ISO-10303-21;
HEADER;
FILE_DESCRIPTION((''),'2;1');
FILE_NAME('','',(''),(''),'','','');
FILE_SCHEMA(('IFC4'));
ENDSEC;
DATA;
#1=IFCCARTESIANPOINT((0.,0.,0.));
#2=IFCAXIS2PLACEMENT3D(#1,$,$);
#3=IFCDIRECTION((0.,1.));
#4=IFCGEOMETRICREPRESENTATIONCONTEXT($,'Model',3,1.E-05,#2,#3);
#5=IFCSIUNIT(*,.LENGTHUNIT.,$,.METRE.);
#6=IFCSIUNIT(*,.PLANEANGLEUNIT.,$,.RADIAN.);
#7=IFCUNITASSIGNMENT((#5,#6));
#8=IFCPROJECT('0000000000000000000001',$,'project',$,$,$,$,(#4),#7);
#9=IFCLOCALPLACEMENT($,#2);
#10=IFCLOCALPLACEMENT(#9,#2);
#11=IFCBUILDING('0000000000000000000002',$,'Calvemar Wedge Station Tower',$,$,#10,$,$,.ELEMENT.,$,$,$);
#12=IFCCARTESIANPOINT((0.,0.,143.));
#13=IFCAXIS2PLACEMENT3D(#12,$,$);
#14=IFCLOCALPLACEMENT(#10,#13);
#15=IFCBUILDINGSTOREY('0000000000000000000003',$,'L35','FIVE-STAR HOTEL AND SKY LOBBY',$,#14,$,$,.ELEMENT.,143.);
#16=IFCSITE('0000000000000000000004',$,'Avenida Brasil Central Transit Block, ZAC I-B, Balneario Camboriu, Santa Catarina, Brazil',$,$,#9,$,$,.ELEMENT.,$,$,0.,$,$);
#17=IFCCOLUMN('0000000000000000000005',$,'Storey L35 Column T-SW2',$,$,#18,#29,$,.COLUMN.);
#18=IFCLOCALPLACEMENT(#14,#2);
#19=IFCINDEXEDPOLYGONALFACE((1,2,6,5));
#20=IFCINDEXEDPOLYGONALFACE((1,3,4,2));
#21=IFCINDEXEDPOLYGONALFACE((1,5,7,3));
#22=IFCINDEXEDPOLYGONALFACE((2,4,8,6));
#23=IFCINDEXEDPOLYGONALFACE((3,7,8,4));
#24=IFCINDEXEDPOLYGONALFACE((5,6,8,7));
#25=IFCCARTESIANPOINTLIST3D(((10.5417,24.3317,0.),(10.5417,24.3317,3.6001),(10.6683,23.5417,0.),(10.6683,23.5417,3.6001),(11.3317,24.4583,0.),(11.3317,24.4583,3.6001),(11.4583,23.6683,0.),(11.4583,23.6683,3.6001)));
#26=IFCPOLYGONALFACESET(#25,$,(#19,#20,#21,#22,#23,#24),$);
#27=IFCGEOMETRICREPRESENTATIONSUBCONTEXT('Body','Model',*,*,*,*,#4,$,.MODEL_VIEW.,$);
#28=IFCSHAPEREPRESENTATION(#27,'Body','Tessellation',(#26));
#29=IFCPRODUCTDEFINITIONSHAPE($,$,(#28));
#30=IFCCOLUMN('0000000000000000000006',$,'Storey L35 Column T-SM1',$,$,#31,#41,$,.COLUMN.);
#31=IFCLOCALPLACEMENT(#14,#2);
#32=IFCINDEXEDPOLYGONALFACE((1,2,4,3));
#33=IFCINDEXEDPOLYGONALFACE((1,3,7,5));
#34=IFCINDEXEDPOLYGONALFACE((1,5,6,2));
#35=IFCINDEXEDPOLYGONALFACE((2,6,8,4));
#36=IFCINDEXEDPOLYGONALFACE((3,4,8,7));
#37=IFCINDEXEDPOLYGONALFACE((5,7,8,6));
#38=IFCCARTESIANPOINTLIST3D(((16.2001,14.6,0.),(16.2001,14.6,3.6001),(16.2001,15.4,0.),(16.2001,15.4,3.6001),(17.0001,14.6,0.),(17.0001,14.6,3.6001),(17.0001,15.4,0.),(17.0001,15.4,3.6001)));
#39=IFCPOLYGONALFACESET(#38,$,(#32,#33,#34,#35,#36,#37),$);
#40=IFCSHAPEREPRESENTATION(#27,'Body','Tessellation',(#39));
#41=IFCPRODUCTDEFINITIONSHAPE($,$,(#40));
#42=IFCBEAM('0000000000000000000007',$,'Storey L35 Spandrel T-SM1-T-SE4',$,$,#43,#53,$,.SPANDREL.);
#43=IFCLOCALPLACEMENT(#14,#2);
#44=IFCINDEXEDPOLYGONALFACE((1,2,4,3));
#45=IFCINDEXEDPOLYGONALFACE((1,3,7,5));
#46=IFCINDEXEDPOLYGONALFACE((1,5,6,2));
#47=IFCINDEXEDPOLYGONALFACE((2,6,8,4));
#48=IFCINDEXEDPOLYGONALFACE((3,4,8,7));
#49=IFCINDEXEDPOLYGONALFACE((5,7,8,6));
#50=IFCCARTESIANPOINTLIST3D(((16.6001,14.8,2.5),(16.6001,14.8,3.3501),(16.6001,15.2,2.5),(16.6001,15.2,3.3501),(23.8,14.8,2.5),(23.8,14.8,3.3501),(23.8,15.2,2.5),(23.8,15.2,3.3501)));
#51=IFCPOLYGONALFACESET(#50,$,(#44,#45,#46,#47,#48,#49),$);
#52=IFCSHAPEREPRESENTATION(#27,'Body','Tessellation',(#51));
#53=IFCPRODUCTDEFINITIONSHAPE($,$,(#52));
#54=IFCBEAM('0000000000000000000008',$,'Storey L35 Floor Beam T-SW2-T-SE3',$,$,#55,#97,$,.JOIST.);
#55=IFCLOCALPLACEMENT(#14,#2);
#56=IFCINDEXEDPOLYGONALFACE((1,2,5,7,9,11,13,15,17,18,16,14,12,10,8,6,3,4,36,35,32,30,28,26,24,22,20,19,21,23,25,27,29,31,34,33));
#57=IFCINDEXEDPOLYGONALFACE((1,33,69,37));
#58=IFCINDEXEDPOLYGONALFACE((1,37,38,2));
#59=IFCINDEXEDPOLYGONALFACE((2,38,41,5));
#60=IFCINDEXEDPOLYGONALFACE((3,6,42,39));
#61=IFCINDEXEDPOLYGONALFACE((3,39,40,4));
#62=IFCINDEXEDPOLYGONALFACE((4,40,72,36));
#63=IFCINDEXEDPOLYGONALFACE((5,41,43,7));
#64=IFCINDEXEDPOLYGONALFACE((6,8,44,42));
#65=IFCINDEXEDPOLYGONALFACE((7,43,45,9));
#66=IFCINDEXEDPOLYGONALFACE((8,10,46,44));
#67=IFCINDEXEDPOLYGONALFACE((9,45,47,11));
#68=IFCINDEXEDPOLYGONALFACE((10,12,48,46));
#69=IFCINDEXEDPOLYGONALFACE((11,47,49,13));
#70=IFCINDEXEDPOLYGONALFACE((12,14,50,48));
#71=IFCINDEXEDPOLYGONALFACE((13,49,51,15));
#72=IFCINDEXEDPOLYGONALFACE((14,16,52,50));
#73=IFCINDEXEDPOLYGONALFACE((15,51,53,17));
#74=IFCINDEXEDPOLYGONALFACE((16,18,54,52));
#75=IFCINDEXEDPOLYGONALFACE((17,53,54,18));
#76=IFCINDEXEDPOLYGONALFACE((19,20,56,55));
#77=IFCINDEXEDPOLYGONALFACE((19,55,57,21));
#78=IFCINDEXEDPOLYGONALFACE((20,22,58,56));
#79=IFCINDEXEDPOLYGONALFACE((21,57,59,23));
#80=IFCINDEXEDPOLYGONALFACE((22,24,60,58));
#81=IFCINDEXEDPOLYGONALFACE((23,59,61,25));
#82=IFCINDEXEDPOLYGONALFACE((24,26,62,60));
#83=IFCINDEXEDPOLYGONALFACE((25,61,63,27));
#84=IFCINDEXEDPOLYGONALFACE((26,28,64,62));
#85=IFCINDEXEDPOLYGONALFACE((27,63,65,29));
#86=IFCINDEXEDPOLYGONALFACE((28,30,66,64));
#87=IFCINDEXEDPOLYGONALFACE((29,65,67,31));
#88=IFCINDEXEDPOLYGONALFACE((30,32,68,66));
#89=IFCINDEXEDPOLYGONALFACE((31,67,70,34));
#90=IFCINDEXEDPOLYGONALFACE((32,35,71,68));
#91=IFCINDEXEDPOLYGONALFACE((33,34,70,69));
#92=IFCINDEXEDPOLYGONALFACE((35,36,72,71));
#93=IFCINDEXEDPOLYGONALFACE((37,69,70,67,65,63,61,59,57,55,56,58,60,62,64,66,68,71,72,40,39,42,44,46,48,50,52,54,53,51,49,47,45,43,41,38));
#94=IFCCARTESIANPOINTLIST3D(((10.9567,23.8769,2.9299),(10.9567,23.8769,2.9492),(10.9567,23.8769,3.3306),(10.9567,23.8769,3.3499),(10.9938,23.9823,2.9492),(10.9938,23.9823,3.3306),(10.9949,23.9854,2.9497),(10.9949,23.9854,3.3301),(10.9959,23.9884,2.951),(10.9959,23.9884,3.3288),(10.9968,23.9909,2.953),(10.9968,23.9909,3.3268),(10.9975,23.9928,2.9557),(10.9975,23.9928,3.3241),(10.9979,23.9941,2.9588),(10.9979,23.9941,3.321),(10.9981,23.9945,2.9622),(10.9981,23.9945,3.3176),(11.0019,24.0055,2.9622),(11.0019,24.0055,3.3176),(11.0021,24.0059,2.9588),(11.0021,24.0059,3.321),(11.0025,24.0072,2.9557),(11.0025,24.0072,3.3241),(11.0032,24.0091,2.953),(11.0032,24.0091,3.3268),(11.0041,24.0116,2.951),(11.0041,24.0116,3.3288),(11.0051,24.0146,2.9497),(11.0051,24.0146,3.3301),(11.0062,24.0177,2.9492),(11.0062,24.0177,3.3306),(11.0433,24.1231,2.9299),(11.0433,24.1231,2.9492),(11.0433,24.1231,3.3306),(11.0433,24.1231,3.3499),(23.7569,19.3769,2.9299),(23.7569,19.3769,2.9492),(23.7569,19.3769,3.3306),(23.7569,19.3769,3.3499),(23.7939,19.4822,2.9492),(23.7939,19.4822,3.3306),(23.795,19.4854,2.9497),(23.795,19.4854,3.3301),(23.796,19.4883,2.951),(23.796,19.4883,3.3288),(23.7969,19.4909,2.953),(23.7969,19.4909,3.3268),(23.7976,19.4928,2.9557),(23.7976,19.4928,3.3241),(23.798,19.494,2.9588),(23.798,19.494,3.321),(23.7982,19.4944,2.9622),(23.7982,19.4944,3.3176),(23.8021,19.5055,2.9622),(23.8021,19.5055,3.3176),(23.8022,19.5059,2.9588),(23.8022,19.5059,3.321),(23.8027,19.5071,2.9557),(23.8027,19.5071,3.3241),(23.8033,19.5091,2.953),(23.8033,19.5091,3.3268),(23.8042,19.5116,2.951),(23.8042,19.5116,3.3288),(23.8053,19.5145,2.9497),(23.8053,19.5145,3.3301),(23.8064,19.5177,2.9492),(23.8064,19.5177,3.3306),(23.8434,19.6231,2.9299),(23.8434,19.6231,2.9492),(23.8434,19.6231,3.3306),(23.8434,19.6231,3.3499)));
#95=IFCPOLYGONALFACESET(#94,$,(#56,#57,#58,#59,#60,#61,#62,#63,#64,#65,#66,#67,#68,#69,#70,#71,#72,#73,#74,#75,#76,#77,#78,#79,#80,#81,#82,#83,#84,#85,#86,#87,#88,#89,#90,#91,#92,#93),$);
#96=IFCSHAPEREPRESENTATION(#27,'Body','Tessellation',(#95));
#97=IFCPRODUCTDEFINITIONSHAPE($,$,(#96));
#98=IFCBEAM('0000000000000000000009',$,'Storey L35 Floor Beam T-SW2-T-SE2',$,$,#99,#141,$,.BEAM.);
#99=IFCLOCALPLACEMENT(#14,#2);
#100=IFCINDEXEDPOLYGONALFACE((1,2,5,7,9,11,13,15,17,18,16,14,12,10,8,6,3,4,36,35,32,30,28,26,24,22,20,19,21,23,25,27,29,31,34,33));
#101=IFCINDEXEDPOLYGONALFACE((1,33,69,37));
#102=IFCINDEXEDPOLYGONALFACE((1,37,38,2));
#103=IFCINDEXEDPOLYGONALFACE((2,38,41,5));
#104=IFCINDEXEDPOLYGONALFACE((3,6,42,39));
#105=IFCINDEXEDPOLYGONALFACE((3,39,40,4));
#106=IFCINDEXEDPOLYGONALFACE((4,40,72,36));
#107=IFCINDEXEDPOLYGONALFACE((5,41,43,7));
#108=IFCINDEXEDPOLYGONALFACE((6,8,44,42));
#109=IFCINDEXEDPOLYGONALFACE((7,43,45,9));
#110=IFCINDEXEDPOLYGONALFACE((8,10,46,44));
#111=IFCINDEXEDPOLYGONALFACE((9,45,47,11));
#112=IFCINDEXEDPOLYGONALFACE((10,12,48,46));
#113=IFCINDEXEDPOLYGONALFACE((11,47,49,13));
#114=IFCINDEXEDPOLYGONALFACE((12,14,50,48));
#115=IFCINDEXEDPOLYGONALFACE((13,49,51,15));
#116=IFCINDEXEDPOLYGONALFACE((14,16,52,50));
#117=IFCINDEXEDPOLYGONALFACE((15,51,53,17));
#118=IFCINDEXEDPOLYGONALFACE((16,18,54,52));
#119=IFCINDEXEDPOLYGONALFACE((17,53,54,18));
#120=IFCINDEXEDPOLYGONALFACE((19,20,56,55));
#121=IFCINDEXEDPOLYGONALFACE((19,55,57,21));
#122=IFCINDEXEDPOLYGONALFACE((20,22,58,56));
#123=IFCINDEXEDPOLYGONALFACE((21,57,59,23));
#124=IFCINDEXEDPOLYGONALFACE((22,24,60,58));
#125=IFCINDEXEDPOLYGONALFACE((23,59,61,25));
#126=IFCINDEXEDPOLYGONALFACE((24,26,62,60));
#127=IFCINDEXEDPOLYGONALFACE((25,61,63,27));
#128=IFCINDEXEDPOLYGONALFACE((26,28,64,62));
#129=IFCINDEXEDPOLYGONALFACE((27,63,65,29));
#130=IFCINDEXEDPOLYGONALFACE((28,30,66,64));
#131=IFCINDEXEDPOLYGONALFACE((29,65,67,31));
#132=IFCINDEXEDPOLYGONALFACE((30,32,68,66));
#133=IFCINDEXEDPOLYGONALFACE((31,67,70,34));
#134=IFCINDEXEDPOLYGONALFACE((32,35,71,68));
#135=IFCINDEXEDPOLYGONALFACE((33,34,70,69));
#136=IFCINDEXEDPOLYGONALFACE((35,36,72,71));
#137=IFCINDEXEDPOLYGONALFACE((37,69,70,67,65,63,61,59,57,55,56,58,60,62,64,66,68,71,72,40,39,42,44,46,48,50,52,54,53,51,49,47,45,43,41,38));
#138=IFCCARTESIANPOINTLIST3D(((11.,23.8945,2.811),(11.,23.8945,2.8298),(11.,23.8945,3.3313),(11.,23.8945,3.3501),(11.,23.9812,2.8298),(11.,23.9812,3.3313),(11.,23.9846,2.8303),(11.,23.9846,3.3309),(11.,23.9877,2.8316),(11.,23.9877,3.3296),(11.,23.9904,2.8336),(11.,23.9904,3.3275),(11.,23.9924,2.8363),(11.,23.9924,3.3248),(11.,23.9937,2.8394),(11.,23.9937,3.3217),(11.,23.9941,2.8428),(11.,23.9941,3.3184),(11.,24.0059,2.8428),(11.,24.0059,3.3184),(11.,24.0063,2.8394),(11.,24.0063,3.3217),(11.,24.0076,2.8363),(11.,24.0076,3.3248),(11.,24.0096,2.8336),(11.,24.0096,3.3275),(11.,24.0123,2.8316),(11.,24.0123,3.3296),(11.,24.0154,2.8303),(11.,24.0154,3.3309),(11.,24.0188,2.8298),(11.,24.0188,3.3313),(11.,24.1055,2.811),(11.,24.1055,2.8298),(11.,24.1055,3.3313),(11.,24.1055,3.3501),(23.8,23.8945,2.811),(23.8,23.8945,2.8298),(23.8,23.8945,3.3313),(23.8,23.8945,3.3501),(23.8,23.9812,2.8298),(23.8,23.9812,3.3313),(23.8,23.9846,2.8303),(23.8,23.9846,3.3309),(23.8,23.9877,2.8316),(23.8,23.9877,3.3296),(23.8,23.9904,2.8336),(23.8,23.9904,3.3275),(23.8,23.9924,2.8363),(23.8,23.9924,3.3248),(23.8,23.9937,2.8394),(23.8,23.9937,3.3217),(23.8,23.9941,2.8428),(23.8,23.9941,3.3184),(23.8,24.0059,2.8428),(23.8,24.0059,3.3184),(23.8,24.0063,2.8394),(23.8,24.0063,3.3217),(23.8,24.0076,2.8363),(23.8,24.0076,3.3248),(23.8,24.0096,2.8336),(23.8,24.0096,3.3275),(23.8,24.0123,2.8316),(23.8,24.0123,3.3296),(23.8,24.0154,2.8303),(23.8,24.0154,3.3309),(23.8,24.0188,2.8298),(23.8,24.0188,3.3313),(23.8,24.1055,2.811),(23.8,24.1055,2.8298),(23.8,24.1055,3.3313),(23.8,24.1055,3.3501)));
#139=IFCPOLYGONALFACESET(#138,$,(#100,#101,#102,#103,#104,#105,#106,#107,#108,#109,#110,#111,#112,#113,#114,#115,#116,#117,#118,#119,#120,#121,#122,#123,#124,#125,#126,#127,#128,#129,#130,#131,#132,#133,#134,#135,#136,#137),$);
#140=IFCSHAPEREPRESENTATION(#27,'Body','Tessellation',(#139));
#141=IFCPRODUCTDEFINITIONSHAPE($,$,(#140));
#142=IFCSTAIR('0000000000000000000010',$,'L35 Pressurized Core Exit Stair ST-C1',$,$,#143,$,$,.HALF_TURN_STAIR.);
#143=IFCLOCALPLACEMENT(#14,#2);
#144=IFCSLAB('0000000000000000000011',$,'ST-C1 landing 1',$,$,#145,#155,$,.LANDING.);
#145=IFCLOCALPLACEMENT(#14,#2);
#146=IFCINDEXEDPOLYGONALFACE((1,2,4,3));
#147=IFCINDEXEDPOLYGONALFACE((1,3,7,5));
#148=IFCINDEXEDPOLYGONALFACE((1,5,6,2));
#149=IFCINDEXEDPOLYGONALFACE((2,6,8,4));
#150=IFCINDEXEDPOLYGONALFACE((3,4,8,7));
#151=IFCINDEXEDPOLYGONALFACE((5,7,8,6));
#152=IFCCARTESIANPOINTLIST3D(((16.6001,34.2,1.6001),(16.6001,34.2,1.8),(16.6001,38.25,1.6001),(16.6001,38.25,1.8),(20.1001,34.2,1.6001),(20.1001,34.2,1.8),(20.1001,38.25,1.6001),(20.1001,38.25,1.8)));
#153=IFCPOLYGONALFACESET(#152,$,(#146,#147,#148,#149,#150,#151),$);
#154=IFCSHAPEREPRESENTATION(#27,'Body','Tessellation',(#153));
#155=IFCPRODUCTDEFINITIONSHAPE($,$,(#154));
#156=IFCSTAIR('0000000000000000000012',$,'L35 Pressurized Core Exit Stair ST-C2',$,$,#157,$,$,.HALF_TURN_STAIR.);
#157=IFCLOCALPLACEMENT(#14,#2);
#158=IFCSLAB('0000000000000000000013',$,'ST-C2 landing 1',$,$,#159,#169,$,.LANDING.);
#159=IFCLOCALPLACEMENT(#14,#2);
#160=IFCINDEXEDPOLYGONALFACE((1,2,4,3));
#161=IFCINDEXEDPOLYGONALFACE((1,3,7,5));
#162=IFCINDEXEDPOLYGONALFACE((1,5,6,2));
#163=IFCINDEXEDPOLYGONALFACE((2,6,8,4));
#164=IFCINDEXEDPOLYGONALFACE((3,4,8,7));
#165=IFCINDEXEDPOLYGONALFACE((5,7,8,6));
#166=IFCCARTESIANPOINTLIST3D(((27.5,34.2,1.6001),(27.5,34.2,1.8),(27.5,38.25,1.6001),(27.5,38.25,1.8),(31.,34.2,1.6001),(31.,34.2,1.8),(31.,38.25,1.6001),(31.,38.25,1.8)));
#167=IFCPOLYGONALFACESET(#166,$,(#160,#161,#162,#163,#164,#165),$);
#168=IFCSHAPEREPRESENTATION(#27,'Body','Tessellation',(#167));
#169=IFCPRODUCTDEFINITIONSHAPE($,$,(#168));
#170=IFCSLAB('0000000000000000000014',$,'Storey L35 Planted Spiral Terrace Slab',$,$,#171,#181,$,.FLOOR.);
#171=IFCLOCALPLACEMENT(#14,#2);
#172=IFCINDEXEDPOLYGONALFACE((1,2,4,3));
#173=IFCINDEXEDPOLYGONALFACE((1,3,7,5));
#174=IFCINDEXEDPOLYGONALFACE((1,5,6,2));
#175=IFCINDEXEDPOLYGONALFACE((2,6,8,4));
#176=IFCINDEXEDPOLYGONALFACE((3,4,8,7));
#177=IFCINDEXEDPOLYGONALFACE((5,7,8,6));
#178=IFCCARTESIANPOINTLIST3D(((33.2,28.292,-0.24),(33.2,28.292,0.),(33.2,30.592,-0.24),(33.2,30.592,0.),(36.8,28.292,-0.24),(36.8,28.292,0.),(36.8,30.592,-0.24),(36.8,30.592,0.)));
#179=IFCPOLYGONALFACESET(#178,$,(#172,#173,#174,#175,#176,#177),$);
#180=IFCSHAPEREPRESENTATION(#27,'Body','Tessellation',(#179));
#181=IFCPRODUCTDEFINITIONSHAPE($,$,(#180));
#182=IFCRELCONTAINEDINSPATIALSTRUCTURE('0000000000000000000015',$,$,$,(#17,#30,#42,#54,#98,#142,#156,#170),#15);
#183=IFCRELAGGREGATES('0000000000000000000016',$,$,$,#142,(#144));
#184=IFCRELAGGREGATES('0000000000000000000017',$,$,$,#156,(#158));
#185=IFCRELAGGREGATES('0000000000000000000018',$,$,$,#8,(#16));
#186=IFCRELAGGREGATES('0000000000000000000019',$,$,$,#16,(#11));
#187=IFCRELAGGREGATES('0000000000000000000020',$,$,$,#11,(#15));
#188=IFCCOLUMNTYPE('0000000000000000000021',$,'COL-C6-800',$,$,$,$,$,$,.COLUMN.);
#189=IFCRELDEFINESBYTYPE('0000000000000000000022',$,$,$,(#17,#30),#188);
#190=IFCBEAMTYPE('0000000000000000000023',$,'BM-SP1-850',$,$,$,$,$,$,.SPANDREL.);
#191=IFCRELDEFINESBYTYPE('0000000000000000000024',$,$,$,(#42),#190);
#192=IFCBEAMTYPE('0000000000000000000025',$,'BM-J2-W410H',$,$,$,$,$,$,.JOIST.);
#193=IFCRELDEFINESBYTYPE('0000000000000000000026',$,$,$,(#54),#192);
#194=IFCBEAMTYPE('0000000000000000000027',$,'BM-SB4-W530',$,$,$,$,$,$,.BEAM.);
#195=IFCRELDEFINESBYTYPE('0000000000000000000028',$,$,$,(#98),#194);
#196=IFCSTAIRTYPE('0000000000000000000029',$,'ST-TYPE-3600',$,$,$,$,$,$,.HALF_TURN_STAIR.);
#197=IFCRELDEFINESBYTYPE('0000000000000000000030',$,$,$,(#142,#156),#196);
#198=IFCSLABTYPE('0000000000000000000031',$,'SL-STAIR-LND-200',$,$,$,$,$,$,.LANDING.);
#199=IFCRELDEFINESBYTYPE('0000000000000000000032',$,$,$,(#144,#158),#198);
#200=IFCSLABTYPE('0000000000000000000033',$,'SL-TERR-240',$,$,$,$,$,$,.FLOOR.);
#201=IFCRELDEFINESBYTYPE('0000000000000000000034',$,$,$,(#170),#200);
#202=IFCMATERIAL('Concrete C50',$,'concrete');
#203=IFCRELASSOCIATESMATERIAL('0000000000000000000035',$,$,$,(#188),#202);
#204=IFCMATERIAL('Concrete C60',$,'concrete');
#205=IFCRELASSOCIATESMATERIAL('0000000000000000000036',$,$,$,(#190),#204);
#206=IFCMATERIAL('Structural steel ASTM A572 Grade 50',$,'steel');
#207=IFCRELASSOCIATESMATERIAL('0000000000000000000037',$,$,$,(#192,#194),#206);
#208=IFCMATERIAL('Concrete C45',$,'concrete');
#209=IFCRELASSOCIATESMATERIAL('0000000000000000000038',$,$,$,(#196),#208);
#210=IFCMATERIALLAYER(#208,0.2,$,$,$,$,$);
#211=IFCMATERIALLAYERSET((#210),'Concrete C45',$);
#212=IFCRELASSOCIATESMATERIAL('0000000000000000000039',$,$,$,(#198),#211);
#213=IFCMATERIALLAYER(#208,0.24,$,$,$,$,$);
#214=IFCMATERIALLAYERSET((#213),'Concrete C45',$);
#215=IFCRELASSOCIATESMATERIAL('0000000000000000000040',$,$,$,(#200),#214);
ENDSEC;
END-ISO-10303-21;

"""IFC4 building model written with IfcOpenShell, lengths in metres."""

from ifc_helpers import new_model, si_unit, direction, frame, origin, origin_2d, place, context, subcontext, project, spatial, polyline, rectangle, i_section, outline, extrude, source, transform, mapped, material, layer, layer_set, material_profile, profile_set, type_object, element, aggregate, save


model = new_model("IFC4")

# Units and contexts
model_context = context("Model", 3, precision=1e-05, world=origin(), true_north=direction((0.0, 1.0)))
body_context = subcontext(model_context, "Body", "Model", "MODEL_VIEW")
ifc_project = project(units=[si_unit("LENGTHUNIT", "METRE"), si_unit("PLANEANGLEUNIT", "RADIAN")], contexts=[model_context])

# Site, building, storey
site_placement = place(None, origin())
site = spatial("IfcSite", under=ifc_project, at=site_placement, Name="Avenida Brasil Central Transit Block, ZAC I-B, Balneario Camboriu, Santa Catarina, Brazil", CompositionType="ELEMENT", RefElevation=0.0)
building_placement = place(site_placement, origin())
building = spatial("IfcBuilding", under=site, at=building_placement, Name="Calvemar Wedge Station Tower", CompositionType="ELEMENT")
storey_placement = place(building_placement, frame((0.0, 0.0, 143.0)))
storey = spatial("IfcBuildingStorey", under=building, at=storey_placement, Name="L35", Description="FIVE-STAR HOTEL AND SKY LOBBY", CompositionType="ELEMENT", Elevation=143.0)

# Columns
ifc_material_1 = material(Name="Concrete C50", Category="concrete")
ifc_material_profile_1 = material_profile(ifc_material_1, rectangle(XDim=0.8, YDim=0.8, at=origin_2d()), Name="RC800x800")
ifc_profile_set_1 = profile_set([ifc_material_profile_1], Name="Concrete C50")
column_type = type_object("IfcColumnType", Name="COL-C6-800", PredefinedType="COLUMN", material=ifc_profile_set_1)
shared_shape_1 = source(origin(), body_context, "Body", "SweptSolid", [
    extrude(rectangle(XDim=0.8, YDim=0.8, at=origin_2d()), origin(), (0.0, 0.0, 1.0), 3.6001),
])
for number, where, z_axis, x_axis, name in (
    (1, (11.0, 24.0, 0.0), (0.0, 0.0, 1.0), (0.158158, -0.987414, 0.0), "Storey L35 Column T-SW2"),
    (2, (16.6001, 15.0, 0.0), (0.0, 0.0, 1.0), (1.0, 0.0, 0.0), "Storey L35 Column T-SM1"),
):
    element("IfcColumn", number, at=place(storey_placement, frame(where, z_axis=z_axis, x_axis=x_axis)), inside=storey, type_object=column_type, Name=name, PredefinedType="COLUMN", context=body_context, shape_type="MappedRepresentation", body=[
        mapped(shared_shape_1, transform((0.0, 0.0, 0.0), scale=1.0)),
    ])

# Beams
ifc_material_2 = material(Name="Concrete C60", Category="concrete")
ifc_material_profile_2 = material_profile(ifc_material_2, rectangle(XDim=0.3999, YDim=0.8501, at=origin_2d()), Name="RC400x850")
ifc_profile_set_2 = profile_set([ifc_material_profile_2], Name="Concrete C60")
beam_type_1 = type_object("IfcBeamType", Name="BM-SP1-850", PredefinedType="SPANDREL", material=ifc_profile_set_2)
shared_shape_2 = source(origin(), body_context, "Body", "SweptSolid", [
    extrude(rectangle(XDim=0.3999, YDim=0.8501, at=origin_2d()), origin(), (0.0, 0.0, 1.0), 7.2),
])
beam_1_placement = place(storey_placement, frame((16.6001, 15.0, 2.925), z_axis=(1.0, 0.0, 0.0), x_axis=(0.0, 1.0, 0.0)))
element("IfcBeam", 3, at=beam_1_placement, inside=storey, type_object=beam_type_1, Name="Storey L35 Spandrel T-SM1-T-SE4", PredefinedType="SPANDREL", context=body_context, shape_type="MappedRepresentation", body=[
    mapped(shared_shape_2, transform((0.0, 0.0, 0.0), scale=1.0)),
])
ifc_material_3 = material(Name="Structural steel ASTM A572 Grade 50", Category="steel")
ifc_material_profile_3 = material_profile(ifc_material_3, i_section(OverallWidth=0.261, OverallDepth=0.4199, WebThickness=0.0117, FlangeThickness=0.0193, FilletRadius=0.0129, at=origin_2d()), Name="W410x114")
ifc_profile_set_3 = profile_set([ifc_material_profile_3], Name="Structural steel ASTM A572 Grade 50")
beam_type_2 = type_object("IfcBeamType", Name="BM-J2-W410H", PredefinedType="JOIST", material=ifc_profile_set_3)
shared_shape_3 = source(origin(), body_context, "Body", "SweptSolid", [
    extrude(i_section(OverallWidth=0.261, OverallDepth=0.4199, WebThickness=0.0117, FlangeThickness=0.0193, FilletRadius=0.0129, at=origin_2d()), origin(), (0.0, 0.0, 1.0), 13.5681),
])
beam_2_placement = place(storey_placement, frame((11.0, 24.0, 3.1399), z_axis=(0.943398, -0.331662, 0.0), x_axis=(0.331662, 0.943398, 0.0)))
element("IfcBeam", 4, at=beam_2_placement, inside=storey, type_object=beam_type_2, Name="Storey L35 Floor Beam T-SW2-T-SE3", PredefinedType="JOIST", context=body_context, shape_type="MappedRepresentation", body=[
    mapped(shared_shape_3, transform((0.0, 0.0, 0.0), scale=1.0)),
])
ifc_material_profile_4 = material_profile(ifc_material_3, i_section(OverallWidth=0.2109, OverallDepth=0.5391, WebThickness=0.0117, FlangeThickness=0.0188, FilletRadius=0.0129, at=origin_2d()), Name="W530x109")
ifc_profile_set_4 = profile_set([ifc_material_profile_4], Name="Structural steel ASTM A572 Grade 50")
beam_type_3 = type_object("IfcBeamType", Name="BM-SB4-W530", PredefinedType="BEAM", material=ifc_profile_set_4)
shared_shape_4 = source(origin(), body_context, "Body", "SweptSolid", [
    extrude(i_section(OverallWidth=0.2109, OverallDepth=0.5391, WebThickness=0.0117, FlangeThickness=0.0188, FilletRadius=0.0129, at=origin_2d()), origin(), (0.0, 0.0, 1.0), 12.8),
])
beam_3_placement = place(storey_placement, frame((11.0, 24.0, 3.0806), z_axis=(1.0, 0.0, 0.0), x_axis=(0.0, 1.0, 0.0)))
element("IfcBeam", 5, at=beam_3_placement, inside=storey, type_object=beam_type_3, Name="Storey L35 Floor Beam T-SW2-T-SE2", PredefinedType="BEAM", context=body_context, shape_type="MappedRepresentation", body=[
    mapped(shared_shape_4, transform((0.0, 0.0, 0.0), scale=1.0)),
])

# Stairs, slabs
ifc_material_4 = material(Name="Concrete C45", Category="concrete")
stair_type = type_object("IfcStairType", Name="ST-TYPE-3600", PredefinedType="HALF_TURN_STAIR", material=ifc_material_4)
stair_1_placement = place(storey_placement, origin())
stair_1 = element("IfcStair", 6, at=stair_1_placement, inside=storey, type_object=stair_type, Name="L35 Pressurized Core Exit Stair ST-C1", PredefinedType="HALF_TURN_STAIR")
ifc_layer_1 = layer(ifc_material_4, 0.2)
ifc_layer_set_1 = layer_set([ifc_layer_1], Name="Concrete C45")
slab_type_1 = type_object("IfcSlabType", Name="SL-STAIR-LND-200", PredefinedType="LANDING", material=ifc_layer_set_1)
slab_1_placement = place(storey_placement, frame((0.0, 0.0, 1.6001)))
slab_1 = element("IfcSlab", 7, at=slab_1_placement, type_object=slab_type_1, Name="ST-C1 landing 1", PredefinedType="LANDING", context=body_context, shape_type="SweptSolid", body=[
    extrude(outline(polyline([(16.6001, 38.25), (16.6001, 34.2), (20.1001, 34.2), (20.1001, 38.25), (16.6001, 38.25)])), origin(), (0.0, 0.0, 1.0), 0.2),
])
aggregate(stair_1, [slab_1])
stair_2_placement = place(storey_placement, origin())
stair_2 = element("IfcStair", 8, at=stair_2_placement, inside=storey, type_object=stair_type, Name="L35 Pressurized Core Exit Stair ST-C2", PredefinedType="HALF_TURN_STAIR")
slab_2_placement = place(storey_placement, frame((0.0, 0.0, 1.6001)))
slab_2 = element("IfcSlab", 9, at=slab_2_placement, type_object=slab_type_1, Name="ST-C2 landing 1", PredefinedType="LANDING", context=body_context, shape_type="SweptSolid", body=[
    extrude(outline(polyline([(27.5, 38.25), (27.5, 34.2), (31.0, 34.2), (31.0, 38.25), (27.5, 38.25)])), origin(), (0.0, 0.0, 1.0), 0.2),
])
aggregate(stair_2, [slab_2])

# Slab
ifc_layer_2 = layer(ifc_material_4, 0.24)
ifc_layer_set_2 = layer_set([ifc_layer_2], Name="Concrete C45")
slab_type_2 = type_object("IfcSlabType", Name="SL-TERR-240", PredefinedType="FLOOR", material=ifc_layer_set_2)
slab_3_placement = place(storey_placement, frame((0.0, 0.0, -0.24)))
element("IfcSlab", 10, at=slab_3_placement, inside=storey, type_object=slab_type_2, Name="Storey L35 Planted Spiral Terrace Slab", PredefinedType="FLOOR", context=body_context, shape_type="SweptSolid", body=[
    extrude(outline(polyline([(33.2, 30.592), (33.2, 28.292), (36.8, 28.292), (36.8, 30.592), (33.2, 30.592)])), origin(), (0.0, 0.0, 1.0), 0.24),
])

save(model, "model.ifc")
